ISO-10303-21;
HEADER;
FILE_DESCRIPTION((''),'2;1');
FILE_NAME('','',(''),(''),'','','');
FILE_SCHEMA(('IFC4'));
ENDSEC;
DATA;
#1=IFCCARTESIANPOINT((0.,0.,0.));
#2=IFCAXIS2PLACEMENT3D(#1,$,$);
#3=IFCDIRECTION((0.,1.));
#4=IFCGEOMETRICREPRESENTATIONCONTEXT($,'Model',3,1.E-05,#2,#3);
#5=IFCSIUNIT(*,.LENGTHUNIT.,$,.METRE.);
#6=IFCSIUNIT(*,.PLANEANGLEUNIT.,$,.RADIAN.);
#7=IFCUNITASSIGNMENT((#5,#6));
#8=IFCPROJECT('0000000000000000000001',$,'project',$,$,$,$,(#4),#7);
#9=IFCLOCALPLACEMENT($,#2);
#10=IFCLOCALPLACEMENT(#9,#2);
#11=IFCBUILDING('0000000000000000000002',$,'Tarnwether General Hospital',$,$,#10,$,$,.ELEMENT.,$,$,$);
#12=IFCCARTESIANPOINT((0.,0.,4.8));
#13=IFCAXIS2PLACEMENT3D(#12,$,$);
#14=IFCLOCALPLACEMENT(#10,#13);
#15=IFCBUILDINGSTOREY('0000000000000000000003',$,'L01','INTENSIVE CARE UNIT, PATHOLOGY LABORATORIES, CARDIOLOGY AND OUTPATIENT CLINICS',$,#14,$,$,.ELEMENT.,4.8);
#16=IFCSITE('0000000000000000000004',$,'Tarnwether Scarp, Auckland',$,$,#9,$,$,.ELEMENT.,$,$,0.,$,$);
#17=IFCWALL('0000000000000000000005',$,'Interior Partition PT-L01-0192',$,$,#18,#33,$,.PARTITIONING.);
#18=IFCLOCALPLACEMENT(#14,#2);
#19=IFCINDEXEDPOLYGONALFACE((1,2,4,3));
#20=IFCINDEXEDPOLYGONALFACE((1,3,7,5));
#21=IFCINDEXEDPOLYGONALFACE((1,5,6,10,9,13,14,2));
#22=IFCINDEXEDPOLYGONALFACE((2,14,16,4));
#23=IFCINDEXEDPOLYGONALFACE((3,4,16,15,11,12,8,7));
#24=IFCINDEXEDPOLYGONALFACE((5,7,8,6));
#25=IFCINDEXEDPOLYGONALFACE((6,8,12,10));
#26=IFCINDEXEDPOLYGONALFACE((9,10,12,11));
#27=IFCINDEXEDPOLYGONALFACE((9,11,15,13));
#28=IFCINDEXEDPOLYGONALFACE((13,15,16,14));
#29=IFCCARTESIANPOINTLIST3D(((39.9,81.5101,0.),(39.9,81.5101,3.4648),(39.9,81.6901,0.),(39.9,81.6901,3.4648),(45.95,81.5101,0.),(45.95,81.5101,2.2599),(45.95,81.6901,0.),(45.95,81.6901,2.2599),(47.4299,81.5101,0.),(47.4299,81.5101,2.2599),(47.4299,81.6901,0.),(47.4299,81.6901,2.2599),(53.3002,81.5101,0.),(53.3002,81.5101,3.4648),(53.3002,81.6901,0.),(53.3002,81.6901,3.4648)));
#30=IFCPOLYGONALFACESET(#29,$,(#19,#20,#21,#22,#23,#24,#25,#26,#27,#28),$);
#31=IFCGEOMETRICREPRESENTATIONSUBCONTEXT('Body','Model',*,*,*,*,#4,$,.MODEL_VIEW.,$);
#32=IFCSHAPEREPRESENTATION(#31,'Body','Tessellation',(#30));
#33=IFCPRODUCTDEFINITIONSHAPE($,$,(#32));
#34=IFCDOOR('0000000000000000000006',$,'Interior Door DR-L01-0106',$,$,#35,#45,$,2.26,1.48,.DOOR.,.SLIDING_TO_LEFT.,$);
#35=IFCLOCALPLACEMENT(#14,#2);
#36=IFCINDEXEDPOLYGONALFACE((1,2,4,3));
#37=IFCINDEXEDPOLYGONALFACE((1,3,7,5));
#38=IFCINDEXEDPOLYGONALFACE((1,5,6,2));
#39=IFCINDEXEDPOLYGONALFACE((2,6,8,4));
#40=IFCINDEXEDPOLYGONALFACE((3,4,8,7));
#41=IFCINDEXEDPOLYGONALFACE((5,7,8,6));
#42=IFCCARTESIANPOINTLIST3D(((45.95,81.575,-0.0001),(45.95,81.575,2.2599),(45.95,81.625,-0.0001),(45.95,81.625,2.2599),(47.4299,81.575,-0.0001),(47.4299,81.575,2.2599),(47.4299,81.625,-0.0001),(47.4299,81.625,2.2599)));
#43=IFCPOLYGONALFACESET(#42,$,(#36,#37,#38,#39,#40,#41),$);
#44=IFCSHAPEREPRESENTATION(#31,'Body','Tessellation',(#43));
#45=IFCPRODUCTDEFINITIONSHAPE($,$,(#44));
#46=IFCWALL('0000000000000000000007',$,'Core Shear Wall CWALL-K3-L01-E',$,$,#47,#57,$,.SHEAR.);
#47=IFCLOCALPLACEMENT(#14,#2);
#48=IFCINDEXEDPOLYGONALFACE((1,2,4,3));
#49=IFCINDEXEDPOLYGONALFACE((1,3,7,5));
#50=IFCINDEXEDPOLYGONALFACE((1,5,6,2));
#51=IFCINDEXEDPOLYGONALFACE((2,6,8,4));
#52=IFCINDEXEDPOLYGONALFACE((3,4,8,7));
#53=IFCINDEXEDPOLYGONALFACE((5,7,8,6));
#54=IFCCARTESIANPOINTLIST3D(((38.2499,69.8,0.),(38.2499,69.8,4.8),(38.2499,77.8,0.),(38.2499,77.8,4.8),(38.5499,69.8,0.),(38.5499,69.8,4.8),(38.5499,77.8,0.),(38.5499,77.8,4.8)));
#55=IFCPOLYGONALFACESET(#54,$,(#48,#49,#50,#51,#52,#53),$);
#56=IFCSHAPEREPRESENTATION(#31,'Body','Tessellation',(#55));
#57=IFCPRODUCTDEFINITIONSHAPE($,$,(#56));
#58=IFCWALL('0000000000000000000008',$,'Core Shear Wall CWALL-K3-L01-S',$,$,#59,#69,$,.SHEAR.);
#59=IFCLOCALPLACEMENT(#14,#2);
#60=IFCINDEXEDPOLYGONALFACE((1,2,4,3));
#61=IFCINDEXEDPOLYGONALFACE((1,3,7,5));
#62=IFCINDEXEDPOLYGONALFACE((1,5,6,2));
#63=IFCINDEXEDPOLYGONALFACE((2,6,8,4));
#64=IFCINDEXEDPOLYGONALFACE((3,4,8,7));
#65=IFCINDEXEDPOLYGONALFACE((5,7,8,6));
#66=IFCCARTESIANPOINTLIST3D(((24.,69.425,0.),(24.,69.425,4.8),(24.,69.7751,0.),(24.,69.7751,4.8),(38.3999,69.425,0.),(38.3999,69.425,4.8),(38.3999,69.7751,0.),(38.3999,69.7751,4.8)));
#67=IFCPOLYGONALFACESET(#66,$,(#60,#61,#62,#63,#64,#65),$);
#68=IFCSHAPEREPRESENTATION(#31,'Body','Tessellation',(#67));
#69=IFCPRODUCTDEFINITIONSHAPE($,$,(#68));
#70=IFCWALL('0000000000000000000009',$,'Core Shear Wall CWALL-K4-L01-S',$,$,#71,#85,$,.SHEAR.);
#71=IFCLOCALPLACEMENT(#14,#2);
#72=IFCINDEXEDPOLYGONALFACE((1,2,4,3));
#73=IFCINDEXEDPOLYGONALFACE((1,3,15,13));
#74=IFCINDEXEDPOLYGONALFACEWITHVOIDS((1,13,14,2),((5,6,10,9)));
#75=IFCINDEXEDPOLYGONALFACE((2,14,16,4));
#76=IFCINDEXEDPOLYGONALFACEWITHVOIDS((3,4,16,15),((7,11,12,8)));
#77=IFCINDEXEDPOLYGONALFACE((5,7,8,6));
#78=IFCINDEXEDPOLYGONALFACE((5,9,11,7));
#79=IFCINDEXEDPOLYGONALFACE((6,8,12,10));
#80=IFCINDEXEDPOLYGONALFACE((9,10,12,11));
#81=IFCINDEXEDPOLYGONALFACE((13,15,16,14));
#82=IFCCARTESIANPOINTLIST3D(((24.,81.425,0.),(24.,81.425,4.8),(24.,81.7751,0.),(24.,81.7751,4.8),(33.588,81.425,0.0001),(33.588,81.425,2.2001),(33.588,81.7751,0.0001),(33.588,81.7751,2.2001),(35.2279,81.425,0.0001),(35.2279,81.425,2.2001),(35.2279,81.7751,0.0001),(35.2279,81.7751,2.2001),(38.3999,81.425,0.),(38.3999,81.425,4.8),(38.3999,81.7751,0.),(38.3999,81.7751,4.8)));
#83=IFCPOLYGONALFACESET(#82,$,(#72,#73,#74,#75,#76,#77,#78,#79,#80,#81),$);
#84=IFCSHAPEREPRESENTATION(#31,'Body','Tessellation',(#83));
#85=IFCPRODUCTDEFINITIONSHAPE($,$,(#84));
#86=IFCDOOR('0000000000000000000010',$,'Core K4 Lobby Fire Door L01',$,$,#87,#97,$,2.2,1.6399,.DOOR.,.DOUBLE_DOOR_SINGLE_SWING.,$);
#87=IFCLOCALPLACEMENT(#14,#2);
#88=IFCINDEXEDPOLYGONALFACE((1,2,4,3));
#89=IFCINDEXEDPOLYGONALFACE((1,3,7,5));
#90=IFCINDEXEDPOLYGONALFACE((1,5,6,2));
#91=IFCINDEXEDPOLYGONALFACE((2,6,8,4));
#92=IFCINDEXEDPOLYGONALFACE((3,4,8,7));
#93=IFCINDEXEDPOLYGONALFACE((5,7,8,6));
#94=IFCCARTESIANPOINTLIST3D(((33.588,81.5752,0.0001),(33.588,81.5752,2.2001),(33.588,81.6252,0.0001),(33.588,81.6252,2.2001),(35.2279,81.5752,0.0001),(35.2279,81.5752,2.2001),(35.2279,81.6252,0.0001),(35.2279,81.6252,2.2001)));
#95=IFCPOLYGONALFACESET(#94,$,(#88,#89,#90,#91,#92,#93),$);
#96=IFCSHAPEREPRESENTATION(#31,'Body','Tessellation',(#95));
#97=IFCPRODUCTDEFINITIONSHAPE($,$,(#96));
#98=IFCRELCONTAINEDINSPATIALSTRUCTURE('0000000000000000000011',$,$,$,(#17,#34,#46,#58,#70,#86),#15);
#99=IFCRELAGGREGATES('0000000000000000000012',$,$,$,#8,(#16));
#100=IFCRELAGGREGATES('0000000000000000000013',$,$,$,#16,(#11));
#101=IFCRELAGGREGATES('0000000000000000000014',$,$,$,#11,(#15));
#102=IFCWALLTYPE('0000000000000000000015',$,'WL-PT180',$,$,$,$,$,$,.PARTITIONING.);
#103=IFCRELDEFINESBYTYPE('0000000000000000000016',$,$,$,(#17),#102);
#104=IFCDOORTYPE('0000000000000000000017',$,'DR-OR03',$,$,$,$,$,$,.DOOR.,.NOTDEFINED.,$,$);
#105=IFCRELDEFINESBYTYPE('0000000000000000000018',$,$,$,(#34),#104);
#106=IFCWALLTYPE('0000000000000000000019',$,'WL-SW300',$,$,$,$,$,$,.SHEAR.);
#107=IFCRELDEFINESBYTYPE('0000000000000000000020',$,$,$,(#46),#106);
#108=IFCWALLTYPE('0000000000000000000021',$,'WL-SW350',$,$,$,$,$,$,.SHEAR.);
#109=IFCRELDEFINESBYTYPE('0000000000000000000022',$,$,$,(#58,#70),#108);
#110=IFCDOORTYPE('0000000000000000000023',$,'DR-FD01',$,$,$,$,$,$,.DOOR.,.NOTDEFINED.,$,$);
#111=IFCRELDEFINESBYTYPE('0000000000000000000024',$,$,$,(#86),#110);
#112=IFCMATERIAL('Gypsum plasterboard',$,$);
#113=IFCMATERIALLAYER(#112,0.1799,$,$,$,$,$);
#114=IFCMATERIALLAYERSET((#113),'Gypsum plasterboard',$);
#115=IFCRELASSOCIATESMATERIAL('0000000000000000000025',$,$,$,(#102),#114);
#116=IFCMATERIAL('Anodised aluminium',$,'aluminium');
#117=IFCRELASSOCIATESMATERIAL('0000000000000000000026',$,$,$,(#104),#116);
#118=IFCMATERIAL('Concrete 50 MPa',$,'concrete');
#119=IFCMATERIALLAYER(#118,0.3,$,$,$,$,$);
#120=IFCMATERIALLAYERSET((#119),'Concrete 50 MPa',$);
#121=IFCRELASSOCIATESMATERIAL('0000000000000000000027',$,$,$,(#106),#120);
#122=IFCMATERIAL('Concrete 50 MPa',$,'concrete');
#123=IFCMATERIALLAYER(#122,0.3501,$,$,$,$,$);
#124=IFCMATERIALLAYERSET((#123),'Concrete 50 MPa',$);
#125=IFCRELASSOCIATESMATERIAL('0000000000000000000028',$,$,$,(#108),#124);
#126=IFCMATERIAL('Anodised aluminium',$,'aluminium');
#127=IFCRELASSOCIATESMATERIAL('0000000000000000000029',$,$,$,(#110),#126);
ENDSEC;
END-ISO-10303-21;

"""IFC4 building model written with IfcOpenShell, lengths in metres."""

from ifc_helpers import new_model, si_unit, direction, frame, frame_2d, origin, place, context, subcontext, project, spatial, rectangle, extrude, material, layer, layer_set, type_object, element, fill, save


model = new_model("IFC4")

# Units and contexts
model_context = context("Model", 3, precision=1e-05, world=origin(), true_north=direction((0.0, 1.0)))
body_context = subcontext(model_context, "Body", "Model", "MODEL_VIEW")
ifc_project = project(units=[si_unit("LENGTHUNIT", "METRE"), si_unit("PLANEANGLEUNIT", "RADIAN")], contexts=[model_context])

# Site, building, storey
site_placement = place(None, origin())
site = spatial("IfcSite", under=ifc_project, at=site_placement, Name="Tarnwether Scarp, Auckland", CompositionType="ELEMENT", RefElevation=0.0)
building_placement = place(site_placement, origin())
building = spatial("IfcBuilding", under=site, at=building_placement, Name="Tarnwether General Hospital", CompositionType="ELEMENT")
storey_placement = place(building_placement, frame((0.0, 0.0, 4.8)))
storey = spatial("IfcBuildingStorey", under=building, at=storey_placement, Name="L01", Description="INTENSIVE CARE UNIT, PATHOLOGY LABORATORIES, CARDIOLOGY AND OUTPATIENT CLINICS", CompositionType="ELEMENT", Elevation=4.8)

# Shared definitions
ifc_material_1 = material(Name="Gypsum plasterboard")
ifc_layer_1 = layer(ifc_material_1, 0.1799)
ifc_layer_set_1 = layer_set([ifc_layer_1], Name="Gypsum plasterboard")
wall_type_1 = type_object("IfcWallType", Name="WL-PT180", PredefinedType="PARTITIONING", material=ifc_layer_set_1)
ifc_material_2 = material(Name="Anodised aluminium", Category="aluminium")
door_type_1 = type_object("IfcDoorType", Name="DR-OR03", OperationType="NOTDEFINED", PredefinedType="DOOR", material=ifc_material_2)

# Wall, opening, door
wall_1_placement = place(storey_placement, frame((39.8999, 81.6001, 0.0), z_axis=(0.0, 0.0, 1.0), x_axis=(1.0, 0.0, 0.0)))
wall_1 = element("IfcWall", 1, at=wall_1_placement, inside=storey, type_object=wall_type_1, Name="Interior Partition PT-L01-0192", PredefinedType="PARTITIONING", context=body_context, shape_type="SweptSolid", body=[
    extrude(rectangle(XDim=13.4001, YDim=0.1799, at=frame_2d((6.7002, 0.0))), origin(), (0.0, 0.0, 1.0), 3.4648),
])
opening_1_placement = place(wall_1_placement, frame((6.05, 0.0, 0.0)))
opening_1 = element("IfcOpeningElement", 2, at=opening_1_placement, cuts=wall_1, PredefinedType="OPENING", context=body_context, shape_type="SweptSolid", body=[
    extrude(rectangle(XDim=1.48, YDim=2.26, at=frame_2d((0.74, 1.1299))), frame((0.0, 0.1001, 0.0), z_axis=(0.0, -1.0, 0.0), x_axis=(1.0, 0.0, 0.0)), (0.0, 0.0, 1.0), 0.2),
])
door_1_placement = place(opening_1_placement, origin())
door_1 = element("IfcDoor", 3, at=door_1_placement, inside=storey, type_object=door_type_1, Name="Interior Door DR-L01-0106", OperationType="SLIDING_TO_LEFT", OverallHeight=2.26, OverallWidth=1.48, PredefinedType="DOOR", context=body_context, shape_type="SweptSolid", body=[
    extrude(rectangle(XDim=1.48, YDim=2.26, at=frame_2d((0.74, 1.1299))), frame((0.0, 0.0249, 0.0), z_axis=(0.0, -1.0, 0.0), x_axis=(1.0, 0.0, 0.0)), (0.0, 0.0, 1.0), 0.05),
])
fill(opening_1, door_1)

# Walls
ifc_material_3 = material(Name="Concrete 50 MPa", Category="concrete")
ifc_layer_2 = layer(ifc_material_3, 0.3)
ifc_layer_set_2 = layer_set([ifc_layer_2], Name="Concrete 50 MPa")
wall_type_2 = type_object("IfcWallType", Name="WL-SW300", PredefinedType="SHEAR", material=ifc_layer_set_2)
wall_2_placement = place(storey_placement, frame((38.3999, 77.8, 0.0), z_axis=(0.0, 0.0, 1.0), x_axis=(0.0, -1.0, 0.0)))
element("IfcWall", 4, at=wall_2_placement, inside=storey, type_object=wall_type_2, Name="Core Shear Wall CWALL-K3-L01-E", PredefinedType="SHEAR", context=body_context, shape_type="SweptSolid", body=[
    extrude(rectangle(XDim=8.0, YDim=0.3, at=frame_2d((4.0, 0.0))), origin(), (0.0, 0.0, 1.0), 4.8),
])
ifc_material_4 = material(Name="Concrete 50 MPa", Category="concrete")
ifc_layer_3 = layer(ifc_material_4, 0.3501)
ifc_layer_set_3 = layer_set([ifc_layer_3], Name="Concrete 50 MPa")
wall_type_3 = type_object("IfcWallType", Name="WL-SW350", PredefinedType="SHEAR", material=ifc_layer_set_3)
wall_3_placement = place(storey_placement, frame((38.3999, 69.6001, 0.0), z_axis=(0.0, 0.0, 1.0), x_axis=(-1.0, 0.0, 0.0)))
element("IfcWall", 5, at=wall_3_placement, inside=storey, type_object=wall_type_3, Name="Core Shear Wall CWALL-K3-L01-S", PredefinedType="SHEAR", context=body_context, shape_type="SweptSolid", body=[
    extrude(rectangle(XDim=14.3999, YDim=0.3501, at=frame_2d((7.2, 0.0))), origin(), (0.0, 0.0, 1.0), 4.8),
])

# Wall, opening, door
wall_4_placement = place(storey_placement, frame((38.3999, 81.6001, 0.0), z_axis=(0.0, 0.0, 1.0), x_axis=(-1.0, 0.0, 0.0)))
wall_4 = element("IfcWall", 6, at=wall_4_placement, inside=storey, type_object=wall_type_3, Name="Core Shear Wall CWALL-K4-L01-S", PredefinedType="SHEAR", context=body_context, shape_type="SweptSolid", body=[
    extrude(rectangle(XDim=14.3999, YDim=0.3501, at=frame_2d((7.2, 0.0))), origin(), (0.0, 0.0, 1.0), 4.8),
])
opening_2_placement = place(wall_4_placement, frame((3.1721, 0.0, 0.0)))
opening_2 = element("IfcOpeningElement", 7, at=opening_2_placement, cuts=wall_4, PredefinedType="OPENING", context=body_context, shape_type="SweptSolid", body=[
    extrude(rectangle(XDim=1.6399, YDim=2.2, at=frame_2d((0.8198, 1.1001))), frame((0.0, 0.1851, 0.0), z_axis=(0.0, -1.0, 0.0), x_axis=(1.0, 0.0, 0.0)), (0.0, 0.0, 1.0), 0.3701),
])
ifc_material_5 = material(Name="Anodised aluminium", Category="aluminium")
door_type_2 = type_object("IfcDoorType", Name="DR-FD01", OperationType="NOTDEFINED", PredefinedType="DOOR", material=ifc_material_5)
door_2_placement = place(opening_2_placement, origin())
door_2 = element("IfcDoor", 8, at=door_2_placement, inside=storey, type_object=door_type_2, Name="Core K4 Lobby Fire Door L01", OperationType="DOUBLE_DOOR_SINGLE_SWING", OverallHeight=2.2, OverallWidth=1.6399, PredefinedType="DOOR", context=body_context, shape_type="SweptSolid", body=[
    extrude(rectangle(XDim=1.6399, YDim=2.2, at=frame_2d((0.8198, 1.1001))), frame((0.0, 0.0249, 0.0), z_axis=(0.0, -1.0, 0.0), x_axis=(1.0, 0.0, 0.0)), (0.0, 0.0, 1.0), 0.05),
])
fill(opening_2, door_2)

save(model, "model.ifc")
